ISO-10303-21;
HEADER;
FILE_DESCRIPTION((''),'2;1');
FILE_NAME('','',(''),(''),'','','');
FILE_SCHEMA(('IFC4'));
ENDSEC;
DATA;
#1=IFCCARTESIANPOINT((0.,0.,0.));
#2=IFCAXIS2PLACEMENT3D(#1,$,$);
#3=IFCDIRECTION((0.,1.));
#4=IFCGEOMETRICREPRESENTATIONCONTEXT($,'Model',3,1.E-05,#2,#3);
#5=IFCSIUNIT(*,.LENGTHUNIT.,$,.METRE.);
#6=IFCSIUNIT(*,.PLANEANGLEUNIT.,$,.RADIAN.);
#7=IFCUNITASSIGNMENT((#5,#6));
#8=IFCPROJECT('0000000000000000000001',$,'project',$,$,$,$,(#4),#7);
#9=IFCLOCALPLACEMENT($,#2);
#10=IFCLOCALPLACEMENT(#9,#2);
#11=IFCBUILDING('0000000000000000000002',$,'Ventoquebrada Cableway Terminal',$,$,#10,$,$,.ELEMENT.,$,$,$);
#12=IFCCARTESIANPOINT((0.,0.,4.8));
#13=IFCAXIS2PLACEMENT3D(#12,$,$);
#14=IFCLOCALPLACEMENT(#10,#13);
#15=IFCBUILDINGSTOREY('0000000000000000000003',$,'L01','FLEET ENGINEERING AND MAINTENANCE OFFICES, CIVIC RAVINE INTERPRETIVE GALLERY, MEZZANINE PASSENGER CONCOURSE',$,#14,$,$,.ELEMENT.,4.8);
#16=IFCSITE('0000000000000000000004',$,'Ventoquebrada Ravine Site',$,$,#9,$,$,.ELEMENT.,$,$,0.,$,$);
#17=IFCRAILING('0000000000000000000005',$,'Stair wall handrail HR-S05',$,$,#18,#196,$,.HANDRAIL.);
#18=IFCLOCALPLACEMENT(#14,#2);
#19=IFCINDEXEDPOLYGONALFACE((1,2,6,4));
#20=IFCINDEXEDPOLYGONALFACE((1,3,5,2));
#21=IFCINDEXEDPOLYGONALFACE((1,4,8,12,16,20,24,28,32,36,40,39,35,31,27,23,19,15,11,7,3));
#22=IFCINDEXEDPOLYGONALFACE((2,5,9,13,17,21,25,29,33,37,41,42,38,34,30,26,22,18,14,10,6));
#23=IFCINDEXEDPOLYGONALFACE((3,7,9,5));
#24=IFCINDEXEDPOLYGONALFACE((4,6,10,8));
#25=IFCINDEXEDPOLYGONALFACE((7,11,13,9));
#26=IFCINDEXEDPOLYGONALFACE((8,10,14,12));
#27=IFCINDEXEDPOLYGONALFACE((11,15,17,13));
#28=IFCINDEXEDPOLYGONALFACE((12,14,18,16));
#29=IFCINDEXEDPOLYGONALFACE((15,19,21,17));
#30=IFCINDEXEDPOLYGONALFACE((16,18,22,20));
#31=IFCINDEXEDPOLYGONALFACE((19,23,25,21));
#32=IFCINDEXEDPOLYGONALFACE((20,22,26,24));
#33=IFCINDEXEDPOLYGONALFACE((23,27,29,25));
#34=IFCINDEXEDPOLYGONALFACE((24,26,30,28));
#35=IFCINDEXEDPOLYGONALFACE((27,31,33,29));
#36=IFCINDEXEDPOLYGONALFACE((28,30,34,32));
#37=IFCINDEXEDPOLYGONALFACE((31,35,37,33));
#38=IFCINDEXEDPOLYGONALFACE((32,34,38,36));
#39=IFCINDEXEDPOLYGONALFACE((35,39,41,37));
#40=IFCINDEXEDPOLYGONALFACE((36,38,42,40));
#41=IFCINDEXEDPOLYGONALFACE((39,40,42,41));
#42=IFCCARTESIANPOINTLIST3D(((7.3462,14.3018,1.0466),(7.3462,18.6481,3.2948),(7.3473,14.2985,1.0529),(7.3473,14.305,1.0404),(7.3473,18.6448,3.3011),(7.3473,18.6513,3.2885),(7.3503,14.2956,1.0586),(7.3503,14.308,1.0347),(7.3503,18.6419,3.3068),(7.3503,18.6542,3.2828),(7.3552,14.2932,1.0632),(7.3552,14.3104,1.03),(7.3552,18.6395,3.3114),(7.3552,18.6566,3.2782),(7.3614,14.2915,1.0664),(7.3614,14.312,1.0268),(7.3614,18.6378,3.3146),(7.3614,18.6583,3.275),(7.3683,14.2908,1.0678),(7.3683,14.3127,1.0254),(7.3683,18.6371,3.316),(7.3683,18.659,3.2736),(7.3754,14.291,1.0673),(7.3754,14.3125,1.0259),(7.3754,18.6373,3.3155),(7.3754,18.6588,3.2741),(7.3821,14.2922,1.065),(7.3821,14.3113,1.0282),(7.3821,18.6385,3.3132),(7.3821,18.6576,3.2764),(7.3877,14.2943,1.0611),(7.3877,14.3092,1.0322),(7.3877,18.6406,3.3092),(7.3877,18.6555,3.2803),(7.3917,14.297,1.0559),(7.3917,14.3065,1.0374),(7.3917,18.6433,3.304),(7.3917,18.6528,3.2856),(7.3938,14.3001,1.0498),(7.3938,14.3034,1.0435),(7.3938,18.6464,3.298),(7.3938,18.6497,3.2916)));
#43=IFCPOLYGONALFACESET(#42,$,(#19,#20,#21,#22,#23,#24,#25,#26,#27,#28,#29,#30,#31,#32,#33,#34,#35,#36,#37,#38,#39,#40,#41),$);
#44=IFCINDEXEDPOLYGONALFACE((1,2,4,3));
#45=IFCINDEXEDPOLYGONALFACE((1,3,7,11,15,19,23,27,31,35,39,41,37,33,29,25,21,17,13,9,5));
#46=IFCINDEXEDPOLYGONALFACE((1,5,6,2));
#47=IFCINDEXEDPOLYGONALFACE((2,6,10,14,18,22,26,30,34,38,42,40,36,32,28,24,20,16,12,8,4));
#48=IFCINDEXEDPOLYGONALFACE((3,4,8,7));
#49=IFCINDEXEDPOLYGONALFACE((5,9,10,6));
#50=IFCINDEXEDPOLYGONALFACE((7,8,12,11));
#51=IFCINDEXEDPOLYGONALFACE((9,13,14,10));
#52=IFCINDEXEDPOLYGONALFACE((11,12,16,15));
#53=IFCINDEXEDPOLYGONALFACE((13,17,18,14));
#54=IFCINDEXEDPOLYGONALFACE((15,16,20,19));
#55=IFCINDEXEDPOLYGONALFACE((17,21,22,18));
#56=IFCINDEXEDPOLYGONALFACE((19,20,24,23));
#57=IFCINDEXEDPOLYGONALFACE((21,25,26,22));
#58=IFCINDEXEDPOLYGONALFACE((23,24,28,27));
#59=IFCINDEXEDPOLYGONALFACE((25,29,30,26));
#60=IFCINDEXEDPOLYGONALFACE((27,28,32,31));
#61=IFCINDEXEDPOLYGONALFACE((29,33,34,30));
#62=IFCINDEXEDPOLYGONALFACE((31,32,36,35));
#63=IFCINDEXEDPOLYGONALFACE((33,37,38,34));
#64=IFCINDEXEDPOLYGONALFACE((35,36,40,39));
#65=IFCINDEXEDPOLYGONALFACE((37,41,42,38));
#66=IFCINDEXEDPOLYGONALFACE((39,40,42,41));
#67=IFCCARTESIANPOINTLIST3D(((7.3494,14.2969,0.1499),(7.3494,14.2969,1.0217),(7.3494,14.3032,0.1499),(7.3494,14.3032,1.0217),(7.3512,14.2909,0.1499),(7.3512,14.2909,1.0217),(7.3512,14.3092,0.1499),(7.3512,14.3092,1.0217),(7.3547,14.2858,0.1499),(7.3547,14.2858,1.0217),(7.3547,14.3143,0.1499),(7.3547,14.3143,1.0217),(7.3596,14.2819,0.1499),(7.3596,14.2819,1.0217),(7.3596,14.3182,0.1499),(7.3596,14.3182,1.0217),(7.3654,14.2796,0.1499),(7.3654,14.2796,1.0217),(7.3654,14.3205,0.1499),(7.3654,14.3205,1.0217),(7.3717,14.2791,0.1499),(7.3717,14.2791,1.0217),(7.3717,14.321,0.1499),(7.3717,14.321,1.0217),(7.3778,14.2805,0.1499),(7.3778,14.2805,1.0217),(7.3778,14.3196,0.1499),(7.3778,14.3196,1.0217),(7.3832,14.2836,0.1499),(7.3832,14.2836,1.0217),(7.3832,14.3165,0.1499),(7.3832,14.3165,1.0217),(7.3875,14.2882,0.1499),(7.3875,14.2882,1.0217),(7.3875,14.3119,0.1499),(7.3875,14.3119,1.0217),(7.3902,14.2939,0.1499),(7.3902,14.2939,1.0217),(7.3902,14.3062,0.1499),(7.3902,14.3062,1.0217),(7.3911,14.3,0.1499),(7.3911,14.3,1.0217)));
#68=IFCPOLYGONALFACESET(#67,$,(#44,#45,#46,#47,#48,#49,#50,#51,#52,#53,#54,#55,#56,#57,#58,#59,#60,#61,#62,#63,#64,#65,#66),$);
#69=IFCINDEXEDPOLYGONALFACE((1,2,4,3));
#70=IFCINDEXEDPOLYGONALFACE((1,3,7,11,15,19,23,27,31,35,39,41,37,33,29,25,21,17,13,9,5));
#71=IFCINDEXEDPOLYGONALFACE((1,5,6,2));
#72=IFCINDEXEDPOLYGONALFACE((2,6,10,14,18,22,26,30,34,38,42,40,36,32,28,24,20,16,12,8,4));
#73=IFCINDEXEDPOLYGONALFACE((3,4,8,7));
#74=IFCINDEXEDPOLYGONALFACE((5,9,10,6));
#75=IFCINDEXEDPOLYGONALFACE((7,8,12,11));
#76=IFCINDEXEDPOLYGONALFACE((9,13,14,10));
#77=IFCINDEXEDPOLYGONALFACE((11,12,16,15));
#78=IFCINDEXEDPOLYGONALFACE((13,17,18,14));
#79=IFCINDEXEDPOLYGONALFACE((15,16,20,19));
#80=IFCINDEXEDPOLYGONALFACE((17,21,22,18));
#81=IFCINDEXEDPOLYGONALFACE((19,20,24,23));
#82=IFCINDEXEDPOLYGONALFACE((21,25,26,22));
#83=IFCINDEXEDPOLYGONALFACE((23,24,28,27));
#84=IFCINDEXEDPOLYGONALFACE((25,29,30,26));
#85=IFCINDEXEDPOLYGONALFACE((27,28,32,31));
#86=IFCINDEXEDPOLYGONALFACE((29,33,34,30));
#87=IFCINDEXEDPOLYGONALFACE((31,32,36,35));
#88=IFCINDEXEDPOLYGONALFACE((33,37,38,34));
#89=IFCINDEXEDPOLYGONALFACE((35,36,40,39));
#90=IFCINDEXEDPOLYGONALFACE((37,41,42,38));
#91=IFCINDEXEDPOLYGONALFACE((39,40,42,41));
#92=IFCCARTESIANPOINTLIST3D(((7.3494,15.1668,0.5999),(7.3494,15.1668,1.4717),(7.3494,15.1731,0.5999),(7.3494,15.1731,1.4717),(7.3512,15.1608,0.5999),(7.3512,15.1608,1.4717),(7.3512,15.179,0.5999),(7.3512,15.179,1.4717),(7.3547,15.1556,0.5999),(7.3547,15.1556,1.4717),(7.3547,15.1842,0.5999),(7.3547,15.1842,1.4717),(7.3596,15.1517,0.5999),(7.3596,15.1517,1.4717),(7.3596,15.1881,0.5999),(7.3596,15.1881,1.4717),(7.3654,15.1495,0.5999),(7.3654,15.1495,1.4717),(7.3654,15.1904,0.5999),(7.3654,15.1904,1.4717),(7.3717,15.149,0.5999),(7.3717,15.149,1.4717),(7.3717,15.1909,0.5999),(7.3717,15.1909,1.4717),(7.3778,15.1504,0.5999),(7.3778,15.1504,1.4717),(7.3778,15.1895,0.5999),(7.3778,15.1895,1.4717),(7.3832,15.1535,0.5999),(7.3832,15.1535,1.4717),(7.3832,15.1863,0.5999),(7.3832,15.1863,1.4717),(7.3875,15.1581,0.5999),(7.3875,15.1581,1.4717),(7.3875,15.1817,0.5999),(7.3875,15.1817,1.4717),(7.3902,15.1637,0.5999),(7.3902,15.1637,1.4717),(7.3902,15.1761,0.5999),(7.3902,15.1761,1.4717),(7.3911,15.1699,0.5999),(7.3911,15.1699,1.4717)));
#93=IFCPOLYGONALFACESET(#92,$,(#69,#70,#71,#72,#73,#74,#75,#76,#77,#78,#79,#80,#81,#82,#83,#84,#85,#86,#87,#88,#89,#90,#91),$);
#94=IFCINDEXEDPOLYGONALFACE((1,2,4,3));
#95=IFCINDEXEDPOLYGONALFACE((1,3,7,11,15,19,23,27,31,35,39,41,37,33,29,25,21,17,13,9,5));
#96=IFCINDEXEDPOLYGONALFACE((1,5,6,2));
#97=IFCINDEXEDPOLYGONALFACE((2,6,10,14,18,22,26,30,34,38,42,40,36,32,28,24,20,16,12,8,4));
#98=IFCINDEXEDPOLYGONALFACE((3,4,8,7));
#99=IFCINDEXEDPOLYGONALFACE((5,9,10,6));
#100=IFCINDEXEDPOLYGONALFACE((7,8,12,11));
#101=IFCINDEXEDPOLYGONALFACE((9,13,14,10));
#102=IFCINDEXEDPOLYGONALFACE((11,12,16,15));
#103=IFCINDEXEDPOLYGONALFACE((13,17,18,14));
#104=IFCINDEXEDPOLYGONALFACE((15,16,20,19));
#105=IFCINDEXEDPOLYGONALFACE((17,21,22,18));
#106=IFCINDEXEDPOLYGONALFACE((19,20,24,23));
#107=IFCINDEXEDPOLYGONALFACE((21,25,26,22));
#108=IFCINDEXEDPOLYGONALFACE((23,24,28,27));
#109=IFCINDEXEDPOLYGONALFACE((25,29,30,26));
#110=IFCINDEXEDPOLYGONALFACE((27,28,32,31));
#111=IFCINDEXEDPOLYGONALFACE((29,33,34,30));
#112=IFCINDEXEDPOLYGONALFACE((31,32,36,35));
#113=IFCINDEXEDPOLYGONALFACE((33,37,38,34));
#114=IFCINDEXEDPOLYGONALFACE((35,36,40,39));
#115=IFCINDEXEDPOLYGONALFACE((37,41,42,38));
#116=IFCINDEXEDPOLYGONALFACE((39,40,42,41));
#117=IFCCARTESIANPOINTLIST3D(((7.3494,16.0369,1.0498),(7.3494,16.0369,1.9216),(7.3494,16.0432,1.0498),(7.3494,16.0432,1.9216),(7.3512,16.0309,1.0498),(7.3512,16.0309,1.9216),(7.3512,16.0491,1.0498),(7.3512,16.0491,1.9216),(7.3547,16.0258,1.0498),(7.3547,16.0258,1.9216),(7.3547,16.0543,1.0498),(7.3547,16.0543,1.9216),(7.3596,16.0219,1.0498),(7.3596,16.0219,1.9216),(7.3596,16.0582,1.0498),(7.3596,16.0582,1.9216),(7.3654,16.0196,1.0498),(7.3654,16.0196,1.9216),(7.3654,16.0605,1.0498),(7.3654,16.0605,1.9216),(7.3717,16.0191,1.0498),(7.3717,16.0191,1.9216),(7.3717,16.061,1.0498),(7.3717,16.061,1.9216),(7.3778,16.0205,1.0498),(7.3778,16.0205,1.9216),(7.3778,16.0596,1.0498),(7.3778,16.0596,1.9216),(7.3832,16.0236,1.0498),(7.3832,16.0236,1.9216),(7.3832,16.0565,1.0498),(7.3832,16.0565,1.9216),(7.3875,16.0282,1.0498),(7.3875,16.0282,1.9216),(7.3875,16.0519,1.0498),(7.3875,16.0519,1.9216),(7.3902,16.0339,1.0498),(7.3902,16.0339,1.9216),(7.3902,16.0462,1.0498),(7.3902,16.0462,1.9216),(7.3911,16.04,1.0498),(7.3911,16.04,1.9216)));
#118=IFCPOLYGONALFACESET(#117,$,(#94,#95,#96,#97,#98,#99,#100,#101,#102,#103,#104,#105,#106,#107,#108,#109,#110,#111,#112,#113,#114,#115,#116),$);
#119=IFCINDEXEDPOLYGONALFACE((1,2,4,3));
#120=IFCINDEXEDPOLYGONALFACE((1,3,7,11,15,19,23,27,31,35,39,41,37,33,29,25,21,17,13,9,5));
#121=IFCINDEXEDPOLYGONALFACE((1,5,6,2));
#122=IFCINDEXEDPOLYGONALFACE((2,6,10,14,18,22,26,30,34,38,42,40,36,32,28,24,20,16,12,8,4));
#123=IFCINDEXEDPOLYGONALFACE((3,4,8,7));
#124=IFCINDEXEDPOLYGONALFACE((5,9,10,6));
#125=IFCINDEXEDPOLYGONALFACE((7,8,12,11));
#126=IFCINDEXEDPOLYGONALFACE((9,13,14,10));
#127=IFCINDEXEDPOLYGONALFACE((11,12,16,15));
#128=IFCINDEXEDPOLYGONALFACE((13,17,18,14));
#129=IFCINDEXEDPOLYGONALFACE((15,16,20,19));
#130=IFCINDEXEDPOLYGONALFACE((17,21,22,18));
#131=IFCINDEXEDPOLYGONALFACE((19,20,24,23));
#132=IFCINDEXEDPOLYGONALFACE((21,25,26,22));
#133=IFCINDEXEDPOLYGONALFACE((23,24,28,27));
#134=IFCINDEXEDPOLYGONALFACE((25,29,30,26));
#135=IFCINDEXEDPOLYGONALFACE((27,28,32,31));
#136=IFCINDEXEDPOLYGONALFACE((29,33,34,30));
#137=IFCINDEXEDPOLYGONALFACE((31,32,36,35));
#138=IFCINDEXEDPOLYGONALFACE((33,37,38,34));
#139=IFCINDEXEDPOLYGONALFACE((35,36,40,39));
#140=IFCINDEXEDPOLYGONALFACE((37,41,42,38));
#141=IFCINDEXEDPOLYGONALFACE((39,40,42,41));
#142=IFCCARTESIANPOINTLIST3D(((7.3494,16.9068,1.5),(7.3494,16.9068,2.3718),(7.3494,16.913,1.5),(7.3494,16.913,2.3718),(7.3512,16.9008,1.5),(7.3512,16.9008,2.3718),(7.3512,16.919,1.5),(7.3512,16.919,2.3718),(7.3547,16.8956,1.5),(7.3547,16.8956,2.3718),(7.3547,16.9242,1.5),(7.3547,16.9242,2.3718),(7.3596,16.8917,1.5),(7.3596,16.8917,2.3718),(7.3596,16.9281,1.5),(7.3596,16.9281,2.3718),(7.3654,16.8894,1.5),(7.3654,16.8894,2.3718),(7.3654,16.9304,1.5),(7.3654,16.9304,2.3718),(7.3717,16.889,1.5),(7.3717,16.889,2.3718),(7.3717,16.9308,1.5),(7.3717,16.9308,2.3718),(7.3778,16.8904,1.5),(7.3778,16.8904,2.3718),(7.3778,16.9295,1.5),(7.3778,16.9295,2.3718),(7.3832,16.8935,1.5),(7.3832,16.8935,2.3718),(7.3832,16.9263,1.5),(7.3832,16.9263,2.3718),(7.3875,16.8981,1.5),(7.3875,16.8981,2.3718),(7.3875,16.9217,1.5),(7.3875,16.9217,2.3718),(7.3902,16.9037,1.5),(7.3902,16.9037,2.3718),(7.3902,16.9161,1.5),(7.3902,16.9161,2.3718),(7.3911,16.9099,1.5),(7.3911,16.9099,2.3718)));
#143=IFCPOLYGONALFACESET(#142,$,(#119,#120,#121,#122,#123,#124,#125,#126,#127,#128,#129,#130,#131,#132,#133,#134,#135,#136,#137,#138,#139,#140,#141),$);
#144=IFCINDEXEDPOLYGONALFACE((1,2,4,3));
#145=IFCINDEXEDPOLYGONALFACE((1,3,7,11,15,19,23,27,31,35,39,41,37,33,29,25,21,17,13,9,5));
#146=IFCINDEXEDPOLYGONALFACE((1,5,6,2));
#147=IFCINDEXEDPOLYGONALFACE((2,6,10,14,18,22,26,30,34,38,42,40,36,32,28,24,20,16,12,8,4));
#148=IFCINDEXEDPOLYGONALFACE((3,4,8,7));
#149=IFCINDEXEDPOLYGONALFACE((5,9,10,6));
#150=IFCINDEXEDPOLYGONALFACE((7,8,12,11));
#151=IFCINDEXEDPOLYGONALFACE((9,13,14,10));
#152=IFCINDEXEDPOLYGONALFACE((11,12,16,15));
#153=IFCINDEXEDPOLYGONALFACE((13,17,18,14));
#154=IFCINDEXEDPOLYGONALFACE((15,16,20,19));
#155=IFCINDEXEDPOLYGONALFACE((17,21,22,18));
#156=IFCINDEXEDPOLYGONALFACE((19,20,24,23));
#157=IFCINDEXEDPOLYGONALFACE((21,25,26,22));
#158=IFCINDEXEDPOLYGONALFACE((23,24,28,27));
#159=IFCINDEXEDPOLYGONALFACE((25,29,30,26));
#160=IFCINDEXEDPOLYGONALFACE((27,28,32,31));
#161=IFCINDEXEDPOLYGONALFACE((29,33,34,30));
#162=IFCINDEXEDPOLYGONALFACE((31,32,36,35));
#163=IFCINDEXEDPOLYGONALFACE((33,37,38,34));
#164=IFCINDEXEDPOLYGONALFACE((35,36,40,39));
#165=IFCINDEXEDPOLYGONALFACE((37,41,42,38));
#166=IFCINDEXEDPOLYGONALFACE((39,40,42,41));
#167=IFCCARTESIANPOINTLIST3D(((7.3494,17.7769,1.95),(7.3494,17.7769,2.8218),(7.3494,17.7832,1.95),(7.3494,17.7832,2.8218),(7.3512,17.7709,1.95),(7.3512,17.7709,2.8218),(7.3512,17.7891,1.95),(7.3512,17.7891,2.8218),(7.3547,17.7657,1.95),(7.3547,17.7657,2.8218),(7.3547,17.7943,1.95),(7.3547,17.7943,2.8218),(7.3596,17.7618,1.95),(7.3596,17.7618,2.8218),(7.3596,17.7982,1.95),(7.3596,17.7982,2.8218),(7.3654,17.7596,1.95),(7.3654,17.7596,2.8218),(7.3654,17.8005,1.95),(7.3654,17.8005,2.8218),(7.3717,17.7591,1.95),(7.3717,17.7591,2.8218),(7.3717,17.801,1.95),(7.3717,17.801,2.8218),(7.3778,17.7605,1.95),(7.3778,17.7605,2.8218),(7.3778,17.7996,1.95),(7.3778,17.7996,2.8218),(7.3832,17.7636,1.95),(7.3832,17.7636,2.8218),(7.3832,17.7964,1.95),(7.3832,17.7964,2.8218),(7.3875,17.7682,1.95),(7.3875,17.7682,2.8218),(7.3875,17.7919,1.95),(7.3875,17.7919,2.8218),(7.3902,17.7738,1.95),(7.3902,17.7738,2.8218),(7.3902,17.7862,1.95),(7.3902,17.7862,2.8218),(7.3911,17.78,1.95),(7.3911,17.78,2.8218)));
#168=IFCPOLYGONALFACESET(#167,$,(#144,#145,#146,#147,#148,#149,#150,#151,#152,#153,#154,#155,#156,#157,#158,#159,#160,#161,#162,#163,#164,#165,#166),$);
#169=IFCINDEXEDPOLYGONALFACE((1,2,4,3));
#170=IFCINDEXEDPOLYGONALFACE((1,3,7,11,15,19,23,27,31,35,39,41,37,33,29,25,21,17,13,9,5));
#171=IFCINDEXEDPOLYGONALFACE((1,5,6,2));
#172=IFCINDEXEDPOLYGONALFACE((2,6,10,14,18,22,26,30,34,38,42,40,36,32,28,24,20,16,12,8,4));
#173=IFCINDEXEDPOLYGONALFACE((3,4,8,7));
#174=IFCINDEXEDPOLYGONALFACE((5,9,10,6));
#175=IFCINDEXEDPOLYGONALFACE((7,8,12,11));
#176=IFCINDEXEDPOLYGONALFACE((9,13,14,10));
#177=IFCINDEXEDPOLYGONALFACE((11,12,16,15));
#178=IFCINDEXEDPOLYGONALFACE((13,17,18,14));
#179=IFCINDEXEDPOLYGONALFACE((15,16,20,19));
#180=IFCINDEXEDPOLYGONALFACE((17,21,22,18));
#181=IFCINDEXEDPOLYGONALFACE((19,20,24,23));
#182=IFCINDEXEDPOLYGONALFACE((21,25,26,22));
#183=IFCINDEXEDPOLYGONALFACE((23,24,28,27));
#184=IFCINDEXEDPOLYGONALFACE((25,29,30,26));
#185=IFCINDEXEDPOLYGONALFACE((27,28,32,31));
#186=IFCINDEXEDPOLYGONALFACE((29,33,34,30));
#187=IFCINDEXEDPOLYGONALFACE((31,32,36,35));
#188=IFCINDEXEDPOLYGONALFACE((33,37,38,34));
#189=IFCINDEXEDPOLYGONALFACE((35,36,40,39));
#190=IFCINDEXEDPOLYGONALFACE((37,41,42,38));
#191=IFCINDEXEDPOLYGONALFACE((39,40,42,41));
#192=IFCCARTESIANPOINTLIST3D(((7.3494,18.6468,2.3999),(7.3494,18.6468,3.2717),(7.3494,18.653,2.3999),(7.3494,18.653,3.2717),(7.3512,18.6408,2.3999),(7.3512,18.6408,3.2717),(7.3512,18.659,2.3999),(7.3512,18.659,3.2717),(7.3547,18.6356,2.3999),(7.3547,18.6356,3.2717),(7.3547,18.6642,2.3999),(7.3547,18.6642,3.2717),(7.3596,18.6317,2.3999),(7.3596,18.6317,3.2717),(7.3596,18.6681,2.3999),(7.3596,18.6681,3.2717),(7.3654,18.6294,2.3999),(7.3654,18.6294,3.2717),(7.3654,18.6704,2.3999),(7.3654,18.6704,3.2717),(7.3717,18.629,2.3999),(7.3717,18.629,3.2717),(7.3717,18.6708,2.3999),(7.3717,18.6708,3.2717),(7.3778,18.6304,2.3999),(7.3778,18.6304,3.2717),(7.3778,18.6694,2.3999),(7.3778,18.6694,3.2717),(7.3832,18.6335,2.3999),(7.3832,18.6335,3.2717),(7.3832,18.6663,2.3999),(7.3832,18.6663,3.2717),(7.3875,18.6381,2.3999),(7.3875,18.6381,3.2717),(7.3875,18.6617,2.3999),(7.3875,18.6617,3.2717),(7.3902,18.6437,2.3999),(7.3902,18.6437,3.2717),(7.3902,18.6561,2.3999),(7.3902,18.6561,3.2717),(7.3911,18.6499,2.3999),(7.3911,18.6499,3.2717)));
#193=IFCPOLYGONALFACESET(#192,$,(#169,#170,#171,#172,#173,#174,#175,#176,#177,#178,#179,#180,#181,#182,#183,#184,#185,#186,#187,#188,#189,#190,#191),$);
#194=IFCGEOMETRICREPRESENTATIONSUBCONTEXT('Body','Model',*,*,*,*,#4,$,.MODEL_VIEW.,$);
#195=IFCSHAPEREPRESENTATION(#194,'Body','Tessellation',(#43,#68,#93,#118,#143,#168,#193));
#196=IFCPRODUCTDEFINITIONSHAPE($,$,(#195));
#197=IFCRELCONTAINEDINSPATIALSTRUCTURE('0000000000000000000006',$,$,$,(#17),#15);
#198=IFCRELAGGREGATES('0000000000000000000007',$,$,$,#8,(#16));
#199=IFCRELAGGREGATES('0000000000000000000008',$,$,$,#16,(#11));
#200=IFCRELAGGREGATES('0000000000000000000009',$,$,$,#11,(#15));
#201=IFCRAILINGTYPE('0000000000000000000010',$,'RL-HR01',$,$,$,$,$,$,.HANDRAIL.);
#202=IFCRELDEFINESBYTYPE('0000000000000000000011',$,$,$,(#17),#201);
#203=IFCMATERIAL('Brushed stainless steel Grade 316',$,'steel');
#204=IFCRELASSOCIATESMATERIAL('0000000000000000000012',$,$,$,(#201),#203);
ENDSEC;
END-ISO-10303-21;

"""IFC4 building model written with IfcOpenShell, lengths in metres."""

from ifc_helpers import new_model, si_unit, direction, frame, origin, origin_2d, place, context, subcontext, project, spatial, circle, extrude, material, type_object, element, save


model = new_model("IFC4")

# Units and contexts
model_context = context("Model", 3, precision=1e-05, world=origin(), true_north=direction((0.0, 1.0)))
body_context = subcontext(model_context, "Body", "Model", "MODEL_VIEW")
ifc_project = project(units=[si_unit("LENGTHUNIT", "METRE"), si_unit("PLANEANGLEUNIT", "RADIAN")], contexts=[model_context])

# Site, building, storey
site_placement = place(None, origin())
site = spatial("IfcSite", under=ifc_project, at=site_placement, Name="Ventoquebrada Ravine Site", CompositionType="ELEMENT", RefElevation=0.0)
building_placement = place(site_placement, origin())
building = spatial("IfcBuilding", under=site, at=building_placement, Name="Ventoquebrada Cableway Terminal", CompositionType="ELEMENT")
storey_placement = place(building_placement, frame((0.0, 0.0, 4.8)))
storey = spatial("IfcBuildingStorey", under=building, at=storey_placement, Name="L01", Description="FLEET ENGINEERING AND MAINTENANCE OFFICES, CIVIC RAVINE INTERPRETIVE GALLERY, MEZZANINE PASSENGER CONCOURSE", CompositionType="ELEMENT", Elevation=4.8)

# Railing
ifc_material_1 = material(Name="Brushed stainless steel Grade 316", Category="steel")
railing_type_1 = type_object("IfcRailingType", Name="RL-HR01", PredefinedType="HANDRAIL", material=ifc_material_1)
railing_1_placement = place(storey_placement, frame((7.3701, 14.3, 0.1499)))
element("IfcRailing", 1, at=railing_1_placement, inside=storey, type_object=railing_type_1, Name="Stair wall handrail HR-S05", PredefinedType="HANDRAIL", context=body_context, shape_type="SweptSolid", body=[
    extrude(circle(Radius=0.0239, at=origin_2d()), frame((0.0, 0.0017, 0.8967), z_axis=(0.0, 0.888211, 0.459435), x_axis=(-1.0, 0.0, 0.0)), (0.0, 0.0, 1.0), 4.8933),
    extrude(circle(Radius=0.021, at=origin_2d()), origin(), (0.0, 0.0, 1.0), 0.8718),
    extrude(circle(Radius=0.021, at=origin_2d()), frame((0.0, 0.8699, 0.45)), (0.0, 0.0, 1.0), 0.8718),
    extrude(circle(Radius=0.021, at=origin_2d()), frame((0.0, 1.74, 0.8999)), (0.0, 0.0, 1.0), 0.8718),
    extrude(circle(Radius=0.021, at=origin_2d()), frame((0.0, 2.6099, 1.3501)), (0.0, 0.0, 1.0), 0.8718),
    extrude(circle(Radius=0.021, at=origin_2d()), frame((0.0, 3.48, 1.8)), (0.0, 0.0, 1.0), 0.8718),
    extrude(circle(Radius=0.021, at=origin_2d()), frame((0.0, 4.3499, 2.25)), (0.0, 0.0, 1.0), 0.8718),
])

save(model, "model.ifc")
